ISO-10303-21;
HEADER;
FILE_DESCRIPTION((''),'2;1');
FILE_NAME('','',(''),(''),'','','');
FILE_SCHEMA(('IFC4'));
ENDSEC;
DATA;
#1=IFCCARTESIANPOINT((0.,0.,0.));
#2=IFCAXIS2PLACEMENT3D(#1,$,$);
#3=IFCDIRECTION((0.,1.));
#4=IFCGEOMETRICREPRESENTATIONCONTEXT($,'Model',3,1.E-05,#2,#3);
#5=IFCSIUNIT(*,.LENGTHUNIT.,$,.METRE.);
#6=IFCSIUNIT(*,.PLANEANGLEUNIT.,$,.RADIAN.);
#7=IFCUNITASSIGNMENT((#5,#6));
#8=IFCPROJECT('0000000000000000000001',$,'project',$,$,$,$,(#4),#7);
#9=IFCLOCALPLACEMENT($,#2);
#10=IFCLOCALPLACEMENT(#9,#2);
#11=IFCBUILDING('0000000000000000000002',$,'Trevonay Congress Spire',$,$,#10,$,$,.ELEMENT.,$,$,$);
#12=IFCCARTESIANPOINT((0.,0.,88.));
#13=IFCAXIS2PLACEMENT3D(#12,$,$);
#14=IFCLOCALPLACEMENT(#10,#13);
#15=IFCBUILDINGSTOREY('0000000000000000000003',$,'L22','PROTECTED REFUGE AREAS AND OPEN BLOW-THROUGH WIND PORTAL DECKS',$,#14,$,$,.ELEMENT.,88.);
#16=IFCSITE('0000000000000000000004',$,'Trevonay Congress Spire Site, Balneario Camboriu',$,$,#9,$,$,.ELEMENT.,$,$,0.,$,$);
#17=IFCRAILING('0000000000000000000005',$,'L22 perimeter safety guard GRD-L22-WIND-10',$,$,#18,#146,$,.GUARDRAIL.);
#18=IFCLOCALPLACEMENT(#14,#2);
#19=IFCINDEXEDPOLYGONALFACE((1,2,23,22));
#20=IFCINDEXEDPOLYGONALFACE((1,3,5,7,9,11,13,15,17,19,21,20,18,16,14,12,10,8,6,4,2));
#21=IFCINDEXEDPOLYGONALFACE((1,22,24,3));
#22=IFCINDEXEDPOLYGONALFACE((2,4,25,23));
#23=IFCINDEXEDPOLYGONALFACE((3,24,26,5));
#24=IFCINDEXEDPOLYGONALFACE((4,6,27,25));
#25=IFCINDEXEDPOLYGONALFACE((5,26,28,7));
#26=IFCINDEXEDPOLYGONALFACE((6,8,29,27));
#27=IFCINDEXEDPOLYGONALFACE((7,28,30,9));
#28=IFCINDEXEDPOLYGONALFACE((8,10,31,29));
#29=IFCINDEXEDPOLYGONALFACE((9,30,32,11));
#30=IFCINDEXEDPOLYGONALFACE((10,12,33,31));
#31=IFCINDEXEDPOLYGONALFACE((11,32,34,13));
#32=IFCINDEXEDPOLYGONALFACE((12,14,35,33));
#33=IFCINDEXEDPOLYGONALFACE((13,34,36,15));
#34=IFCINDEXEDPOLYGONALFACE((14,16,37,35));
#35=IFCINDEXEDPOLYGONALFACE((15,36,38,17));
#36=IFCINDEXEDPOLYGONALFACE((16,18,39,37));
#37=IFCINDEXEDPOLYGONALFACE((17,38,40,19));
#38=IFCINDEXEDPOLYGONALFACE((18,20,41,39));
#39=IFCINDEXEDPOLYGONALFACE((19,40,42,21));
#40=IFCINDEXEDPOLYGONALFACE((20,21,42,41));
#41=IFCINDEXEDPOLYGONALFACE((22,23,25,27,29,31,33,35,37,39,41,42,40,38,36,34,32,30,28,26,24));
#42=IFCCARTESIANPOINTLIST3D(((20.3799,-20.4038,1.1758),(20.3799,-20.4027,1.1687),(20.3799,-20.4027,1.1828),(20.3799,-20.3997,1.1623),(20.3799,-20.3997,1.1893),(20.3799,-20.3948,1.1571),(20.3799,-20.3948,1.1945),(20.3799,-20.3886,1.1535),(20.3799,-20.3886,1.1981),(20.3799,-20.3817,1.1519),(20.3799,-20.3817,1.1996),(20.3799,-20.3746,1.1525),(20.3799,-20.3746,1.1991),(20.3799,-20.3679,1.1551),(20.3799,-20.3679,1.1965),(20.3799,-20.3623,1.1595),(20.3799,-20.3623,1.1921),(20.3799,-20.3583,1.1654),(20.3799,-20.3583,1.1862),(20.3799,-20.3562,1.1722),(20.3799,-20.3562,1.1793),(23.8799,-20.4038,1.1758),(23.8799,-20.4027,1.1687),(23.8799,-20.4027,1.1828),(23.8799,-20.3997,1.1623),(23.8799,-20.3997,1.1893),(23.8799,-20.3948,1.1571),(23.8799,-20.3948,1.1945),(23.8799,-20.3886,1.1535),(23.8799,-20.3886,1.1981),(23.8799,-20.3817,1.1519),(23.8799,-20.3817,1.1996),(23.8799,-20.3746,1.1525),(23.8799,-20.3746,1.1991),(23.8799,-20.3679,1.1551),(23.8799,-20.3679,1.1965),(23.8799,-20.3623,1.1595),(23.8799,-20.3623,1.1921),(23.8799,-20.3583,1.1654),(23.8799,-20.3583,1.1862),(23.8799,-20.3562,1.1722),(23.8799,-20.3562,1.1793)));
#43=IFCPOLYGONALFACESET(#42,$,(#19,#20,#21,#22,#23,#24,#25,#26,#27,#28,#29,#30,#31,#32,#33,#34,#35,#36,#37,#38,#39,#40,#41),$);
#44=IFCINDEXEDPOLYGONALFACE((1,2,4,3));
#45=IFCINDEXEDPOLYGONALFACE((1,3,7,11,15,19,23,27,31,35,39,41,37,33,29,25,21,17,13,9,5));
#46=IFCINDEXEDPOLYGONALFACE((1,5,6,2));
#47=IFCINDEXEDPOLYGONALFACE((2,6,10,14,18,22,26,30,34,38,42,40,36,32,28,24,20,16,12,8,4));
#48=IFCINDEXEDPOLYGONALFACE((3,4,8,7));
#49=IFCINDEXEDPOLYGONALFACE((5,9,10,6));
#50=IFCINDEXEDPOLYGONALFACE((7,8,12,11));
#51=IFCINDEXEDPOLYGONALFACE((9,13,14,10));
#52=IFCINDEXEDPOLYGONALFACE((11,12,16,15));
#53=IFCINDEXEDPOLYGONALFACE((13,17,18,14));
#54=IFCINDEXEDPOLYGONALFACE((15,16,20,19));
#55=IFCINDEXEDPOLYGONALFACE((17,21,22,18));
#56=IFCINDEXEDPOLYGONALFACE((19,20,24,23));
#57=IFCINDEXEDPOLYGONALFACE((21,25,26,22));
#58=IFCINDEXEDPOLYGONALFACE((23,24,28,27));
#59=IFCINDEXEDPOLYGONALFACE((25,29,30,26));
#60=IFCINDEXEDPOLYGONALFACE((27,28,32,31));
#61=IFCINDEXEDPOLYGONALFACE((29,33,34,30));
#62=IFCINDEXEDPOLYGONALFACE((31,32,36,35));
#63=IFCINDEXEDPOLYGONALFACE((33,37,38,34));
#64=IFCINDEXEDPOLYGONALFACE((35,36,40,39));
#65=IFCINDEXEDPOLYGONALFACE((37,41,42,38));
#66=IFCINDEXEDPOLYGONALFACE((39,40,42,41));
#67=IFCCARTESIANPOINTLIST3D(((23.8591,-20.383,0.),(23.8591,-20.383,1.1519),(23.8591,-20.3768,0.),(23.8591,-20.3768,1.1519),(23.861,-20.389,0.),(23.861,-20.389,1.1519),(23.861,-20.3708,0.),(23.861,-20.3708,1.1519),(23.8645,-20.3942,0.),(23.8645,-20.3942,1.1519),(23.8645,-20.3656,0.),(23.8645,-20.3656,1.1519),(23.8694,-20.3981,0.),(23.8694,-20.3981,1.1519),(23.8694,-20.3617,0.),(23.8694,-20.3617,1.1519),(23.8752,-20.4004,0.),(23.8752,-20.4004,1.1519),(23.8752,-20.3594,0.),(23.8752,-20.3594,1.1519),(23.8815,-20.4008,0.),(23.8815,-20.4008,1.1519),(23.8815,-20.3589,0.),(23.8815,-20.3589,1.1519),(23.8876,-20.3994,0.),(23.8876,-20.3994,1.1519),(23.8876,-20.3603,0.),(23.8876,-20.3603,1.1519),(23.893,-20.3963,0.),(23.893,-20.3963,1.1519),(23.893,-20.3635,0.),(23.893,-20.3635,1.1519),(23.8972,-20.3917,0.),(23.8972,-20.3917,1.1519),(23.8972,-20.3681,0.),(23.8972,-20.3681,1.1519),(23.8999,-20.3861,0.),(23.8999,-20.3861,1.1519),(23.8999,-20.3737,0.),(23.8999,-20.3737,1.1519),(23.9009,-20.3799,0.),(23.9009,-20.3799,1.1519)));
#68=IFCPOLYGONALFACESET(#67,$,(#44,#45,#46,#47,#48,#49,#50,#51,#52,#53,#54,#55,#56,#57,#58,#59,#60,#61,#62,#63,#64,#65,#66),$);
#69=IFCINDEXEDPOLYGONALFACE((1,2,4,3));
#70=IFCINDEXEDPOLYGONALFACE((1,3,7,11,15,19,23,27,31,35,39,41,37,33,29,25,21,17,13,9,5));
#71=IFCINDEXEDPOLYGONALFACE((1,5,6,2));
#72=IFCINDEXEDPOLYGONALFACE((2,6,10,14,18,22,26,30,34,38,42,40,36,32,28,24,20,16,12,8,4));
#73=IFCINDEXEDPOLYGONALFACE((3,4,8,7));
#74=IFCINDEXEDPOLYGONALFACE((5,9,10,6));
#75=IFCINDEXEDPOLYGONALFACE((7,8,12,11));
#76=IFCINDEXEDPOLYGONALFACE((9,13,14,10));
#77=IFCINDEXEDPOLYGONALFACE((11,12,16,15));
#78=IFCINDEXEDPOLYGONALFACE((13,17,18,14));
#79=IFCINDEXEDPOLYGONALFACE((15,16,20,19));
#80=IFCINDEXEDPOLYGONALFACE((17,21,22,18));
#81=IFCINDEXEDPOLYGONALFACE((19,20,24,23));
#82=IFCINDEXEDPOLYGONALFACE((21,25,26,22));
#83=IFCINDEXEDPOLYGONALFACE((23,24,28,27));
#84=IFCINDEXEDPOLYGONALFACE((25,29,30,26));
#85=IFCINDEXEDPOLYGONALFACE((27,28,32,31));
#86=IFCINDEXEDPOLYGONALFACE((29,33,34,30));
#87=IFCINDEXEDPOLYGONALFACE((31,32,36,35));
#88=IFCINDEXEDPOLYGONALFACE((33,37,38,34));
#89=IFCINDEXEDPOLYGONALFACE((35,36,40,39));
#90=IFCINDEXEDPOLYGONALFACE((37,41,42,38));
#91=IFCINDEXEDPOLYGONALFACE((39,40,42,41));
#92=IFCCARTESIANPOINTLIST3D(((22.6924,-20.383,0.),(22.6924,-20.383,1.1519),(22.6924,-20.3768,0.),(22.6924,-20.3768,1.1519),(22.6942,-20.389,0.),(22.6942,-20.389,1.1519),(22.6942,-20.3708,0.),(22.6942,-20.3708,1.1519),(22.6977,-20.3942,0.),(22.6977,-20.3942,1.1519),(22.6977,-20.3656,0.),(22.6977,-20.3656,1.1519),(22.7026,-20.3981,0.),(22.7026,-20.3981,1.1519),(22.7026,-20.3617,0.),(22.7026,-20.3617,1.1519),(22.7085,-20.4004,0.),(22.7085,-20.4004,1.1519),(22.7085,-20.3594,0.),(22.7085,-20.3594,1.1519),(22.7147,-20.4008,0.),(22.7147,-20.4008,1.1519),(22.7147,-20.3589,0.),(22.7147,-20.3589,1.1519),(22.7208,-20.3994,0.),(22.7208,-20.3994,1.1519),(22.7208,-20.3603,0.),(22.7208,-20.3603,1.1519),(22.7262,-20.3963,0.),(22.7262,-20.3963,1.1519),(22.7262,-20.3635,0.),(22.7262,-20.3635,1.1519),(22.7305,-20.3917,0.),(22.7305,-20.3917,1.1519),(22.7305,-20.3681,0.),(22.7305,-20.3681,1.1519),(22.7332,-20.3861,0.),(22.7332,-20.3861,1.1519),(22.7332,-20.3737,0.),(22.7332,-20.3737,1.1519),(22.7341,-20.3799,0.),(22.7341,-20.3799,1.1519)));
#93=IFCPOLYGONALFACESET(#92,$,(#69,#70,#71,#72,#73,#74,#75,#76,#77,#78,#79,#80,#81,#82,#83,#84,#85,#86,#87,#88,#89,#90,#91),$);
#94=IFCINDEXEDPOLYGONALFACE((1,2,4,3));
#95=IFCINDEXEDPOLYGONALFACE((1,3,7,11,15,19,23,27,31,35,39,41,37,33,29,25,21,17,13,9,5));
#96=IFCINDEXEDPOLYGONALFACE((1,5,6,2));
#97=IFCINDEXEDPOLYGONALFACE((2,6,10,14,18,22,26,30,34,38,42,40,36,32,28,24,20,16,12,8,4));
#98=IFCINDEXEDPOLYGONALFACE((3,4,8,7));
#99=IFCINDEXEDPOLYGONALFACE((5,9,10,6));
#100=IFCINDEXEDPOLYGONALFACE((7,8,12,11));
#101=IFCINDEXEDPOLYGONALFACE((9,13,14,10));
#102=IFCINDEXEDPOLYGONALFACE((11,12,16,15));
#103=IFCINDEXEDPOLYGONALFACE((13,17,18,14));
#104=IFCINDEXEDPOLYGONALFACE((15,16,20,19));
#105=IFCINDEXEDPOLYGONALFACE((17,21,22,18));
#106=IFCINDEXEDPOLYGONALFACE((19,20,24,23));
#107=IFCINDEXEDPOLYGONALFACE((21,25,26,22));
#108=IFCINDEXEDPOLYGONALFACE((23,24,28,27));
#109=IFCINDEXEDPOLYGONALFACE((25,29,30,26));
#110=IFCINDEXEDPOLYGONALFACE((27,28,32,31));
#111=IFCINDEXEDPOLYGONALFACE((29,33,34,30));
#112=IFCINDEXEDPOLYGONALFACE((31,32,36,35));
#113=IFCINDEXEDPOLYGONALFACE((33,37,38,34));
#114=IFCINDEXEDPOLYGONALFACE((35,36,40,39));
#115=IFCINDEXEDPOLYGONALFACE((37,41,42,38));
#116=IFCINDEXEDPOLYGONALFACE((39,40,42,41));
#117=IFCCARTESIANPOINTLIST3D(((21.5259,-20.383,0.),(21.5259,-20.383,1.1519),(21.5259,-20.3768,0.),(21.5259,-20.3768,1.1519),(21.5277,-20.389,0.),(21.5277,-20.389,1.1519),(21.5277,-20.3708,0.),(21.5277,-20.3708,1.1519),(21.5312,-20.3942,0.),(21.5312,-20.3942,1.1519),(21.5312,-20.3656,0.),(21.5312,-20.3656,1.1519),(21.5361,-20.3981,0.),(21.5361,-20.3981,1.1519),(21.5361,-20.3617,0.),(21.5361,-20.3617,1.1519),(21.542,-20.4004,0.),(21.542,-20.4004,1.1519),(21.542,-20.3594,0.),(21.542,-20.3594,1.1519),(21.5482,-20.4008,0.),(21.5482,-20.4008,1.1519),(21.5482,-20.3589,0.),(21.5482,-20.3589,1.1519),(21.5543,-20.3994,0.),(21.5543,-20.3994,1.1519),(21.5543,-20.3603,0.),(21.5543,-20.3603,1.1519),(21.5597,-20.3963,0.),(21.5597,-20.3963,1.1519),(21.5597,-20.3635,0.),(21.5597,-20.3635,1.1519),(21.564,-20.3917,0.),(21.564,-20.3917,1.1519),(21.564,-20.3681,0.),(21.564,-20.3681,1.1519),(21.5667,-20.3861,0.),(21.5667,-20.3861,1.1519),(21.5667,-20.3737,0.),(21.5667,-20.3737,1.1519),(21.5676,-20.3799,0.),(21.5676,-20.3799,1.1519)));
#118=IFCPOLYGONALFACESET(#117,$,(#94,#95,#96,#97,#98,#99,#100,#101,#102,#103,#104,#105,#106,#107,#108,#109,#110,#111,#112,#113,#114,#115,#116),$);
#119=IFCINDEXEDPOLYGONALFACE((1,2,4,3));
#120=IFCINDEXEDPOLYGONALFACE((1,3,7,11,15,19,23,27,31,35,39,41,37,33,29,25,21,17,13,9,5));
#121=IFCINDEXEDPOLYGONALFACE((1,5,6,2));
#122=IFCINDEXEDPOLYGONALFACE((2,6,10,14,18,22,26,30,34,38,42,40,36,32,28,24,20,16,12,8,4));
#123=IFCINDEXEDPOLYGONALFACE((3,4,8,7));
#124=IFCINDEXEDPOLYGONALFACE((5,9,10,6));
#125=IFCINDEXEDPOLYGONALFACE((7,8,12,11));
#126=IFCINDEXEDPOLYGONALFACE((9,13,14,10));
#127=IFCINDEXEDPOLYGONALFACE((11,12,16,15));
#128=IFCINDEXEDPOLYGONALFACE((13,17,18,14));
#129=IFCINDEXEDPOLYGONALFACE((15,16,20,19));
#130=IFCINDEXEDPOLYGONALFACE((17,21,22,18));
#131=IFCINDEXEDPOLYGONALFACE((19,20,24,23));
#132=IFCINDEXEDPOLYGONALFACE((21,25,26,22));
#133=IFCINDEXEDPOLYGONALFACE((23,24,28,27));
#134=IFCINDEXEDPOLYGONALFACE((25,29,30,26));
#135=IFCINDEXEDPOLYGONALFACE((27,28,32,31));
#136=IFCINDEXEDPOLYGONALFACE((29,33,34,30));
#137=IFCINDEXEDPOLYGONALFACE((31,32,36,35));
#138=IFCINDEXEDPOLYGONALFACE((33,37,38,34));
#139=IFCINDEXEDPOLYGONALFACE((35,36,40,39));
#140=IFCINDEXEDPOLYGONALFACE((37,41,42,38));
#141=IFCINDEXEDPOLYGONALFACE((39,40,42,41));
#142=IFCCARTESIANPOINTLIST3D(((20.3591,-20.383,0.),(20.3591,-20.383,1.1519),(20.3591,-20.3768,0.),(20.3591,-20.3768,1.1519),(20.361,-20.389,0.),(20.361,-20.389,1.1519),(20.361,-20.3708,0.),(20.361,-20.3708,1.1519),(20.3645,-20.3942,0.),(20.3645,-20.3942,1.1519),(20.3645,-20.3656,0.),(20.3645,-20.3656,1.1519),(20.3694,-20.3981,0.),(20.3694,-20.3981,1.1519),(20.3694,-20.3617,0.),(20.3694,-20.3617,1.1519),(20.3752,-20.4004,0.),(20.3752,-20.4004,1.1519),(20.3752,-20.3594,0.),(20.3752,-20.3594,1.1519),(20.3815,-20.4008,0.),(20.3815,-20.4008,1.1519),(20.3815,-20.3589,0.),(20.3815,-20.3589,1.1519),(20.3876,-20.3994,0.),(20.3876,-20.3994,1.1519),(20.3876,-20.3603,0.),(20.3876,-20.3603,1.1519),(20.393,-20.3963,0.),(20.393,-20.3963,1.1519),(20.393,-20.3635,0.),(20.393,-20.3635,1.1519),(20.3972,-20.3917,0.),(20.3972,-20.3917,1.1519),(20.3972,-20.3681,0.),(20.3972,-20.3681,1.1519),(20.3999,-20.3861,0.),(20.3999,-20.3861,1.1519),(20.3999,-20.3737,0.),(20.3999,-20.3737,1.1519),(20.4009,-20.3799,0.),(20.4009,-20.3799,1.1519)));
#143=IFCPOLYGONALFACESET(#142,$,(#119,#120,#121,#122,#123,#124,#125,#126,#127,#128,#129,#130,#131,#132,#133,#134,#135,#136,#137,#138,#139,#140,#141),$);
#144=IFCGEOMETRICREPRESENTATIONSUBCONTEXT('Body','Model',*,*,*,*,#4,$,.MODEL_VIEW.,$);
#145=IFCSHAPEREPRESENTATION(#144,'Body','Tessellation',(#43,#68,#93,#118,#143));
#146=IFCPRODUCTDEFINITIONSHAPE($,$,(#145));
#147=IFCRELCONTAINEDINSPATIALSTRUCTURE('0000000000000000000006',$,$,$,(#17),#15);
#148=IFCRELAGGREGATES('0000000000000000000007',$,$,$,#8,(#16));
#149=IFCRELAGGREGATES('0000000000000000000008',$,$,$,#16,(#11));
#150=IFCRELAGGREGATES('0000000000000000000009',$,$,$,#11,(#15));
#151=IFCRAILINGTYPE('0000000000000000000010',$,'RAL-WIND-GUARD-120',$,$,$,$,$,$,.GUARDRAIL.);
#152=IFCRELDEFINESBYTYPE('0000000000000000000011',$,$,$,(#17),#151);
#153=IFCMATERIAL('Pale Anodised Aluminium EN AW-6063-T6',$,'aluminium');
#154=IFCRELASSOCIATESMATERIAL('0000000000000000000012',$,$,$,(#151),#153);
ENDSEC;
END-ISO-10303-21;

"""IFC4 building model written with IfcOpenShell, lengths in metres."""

from ifc_helpers import new_model, si_unit, direction, frame, origin, origin_2d, place, context, subcontext, project, spatial, circle, extrude, material, type_object, element, save


model = new_model("IFC4")

# Units and contexts
model_context = context("Model", 3, precision=1e-05, world=origin(), true_north=direction((0.0, 1.0)))
body_context = subcontext(model_context, "Body", "Model", "MODEL_VIEW")
ifc_project = project(units=[si_unit("LENGTHUNIT", "METRE"), si_unit("PLANEANGLEUNIT", "RADIAN")], contexts=[model_context])

# Site, building, storey
site_placement = place(None, origin())
site = spatial("IfcSite", under=ifc_project, at=site_placement, Name="Trevonay Congress Spire Site, Balneario Camboriu", CompositionType="ELEMENT", RefElevation=0.0)
building_placement = place(site_placement, origin())
building = spatial("IfcBuilding", under=site, at=building_placement, Name="Trevonay Congress Spire", CompositionType="ELEMENT")
storey_placement = place(building_placement, frame((0.0, 0.0, 88.0)))
storey = spatial("IfcBuildingStorey", under=building, at=storey_placement, Name="L22", Description="PROTECTED REFUGE AREAS AND OPEN BLOW-THROUGH WIND PORTAL DECKS", CompositionType="ELEMENT", Elevation=88.0)

# Railing
ifc_material_1 = material(Name="Pale Anodised Aluminium EN AW-6063-T6", Category="aluminium")
railing_type = type_object("IfcRailingType", Name="RAL-WIND-GUARD-120", PredefinedType="GUARDRAIL", material=ifc_material_1)
railing_1_placement = place(storey_placement, frame((23.8799, -20.3799, 0.0)))
element("IfcRailing", 1, at=railing_1_placement, inside=storey, type_object=railing_type, Name="L22 perimeter safety guard GRD-L22-WIND-10", PredefinedType="GUARDRAIL", context=body_context, shape_type="SweptSolid", body=[
    extrude(circle(Radius=0.0239, at=origin_2d()), frame((0.0, 0.0, 1.1758), z_axis=(-1.0, 0.0, 0.0), x_axis=(0.0, -1.0, 0.0)), (0.0, 0.0, 1.0), 3.5),
    extrude(circle(Radius=0.021, at=origin_2d()), origin(), (0.0, 0.0, 1.0), 1.1519),
    extrude(circle(Radius=0.021, at=origin_2d()), frame((-1.1667, 0.0, 0.0)), (0.0, 0.0, 1.0), 1.1519),
    extrude(circle(Radius=0.021, at=origin_2d()), frame((-2.3333, 0.0, 0.0)), (0.0, 0.0, 1.0), 1.1519),
    extrude(circle(Radius=0.021, at=origin_2d()), frame((-3.5, 0.0, 0.0)), (0.0, 0.0, 1.0), 1.1519),
])

save(model, "model.ifc")
